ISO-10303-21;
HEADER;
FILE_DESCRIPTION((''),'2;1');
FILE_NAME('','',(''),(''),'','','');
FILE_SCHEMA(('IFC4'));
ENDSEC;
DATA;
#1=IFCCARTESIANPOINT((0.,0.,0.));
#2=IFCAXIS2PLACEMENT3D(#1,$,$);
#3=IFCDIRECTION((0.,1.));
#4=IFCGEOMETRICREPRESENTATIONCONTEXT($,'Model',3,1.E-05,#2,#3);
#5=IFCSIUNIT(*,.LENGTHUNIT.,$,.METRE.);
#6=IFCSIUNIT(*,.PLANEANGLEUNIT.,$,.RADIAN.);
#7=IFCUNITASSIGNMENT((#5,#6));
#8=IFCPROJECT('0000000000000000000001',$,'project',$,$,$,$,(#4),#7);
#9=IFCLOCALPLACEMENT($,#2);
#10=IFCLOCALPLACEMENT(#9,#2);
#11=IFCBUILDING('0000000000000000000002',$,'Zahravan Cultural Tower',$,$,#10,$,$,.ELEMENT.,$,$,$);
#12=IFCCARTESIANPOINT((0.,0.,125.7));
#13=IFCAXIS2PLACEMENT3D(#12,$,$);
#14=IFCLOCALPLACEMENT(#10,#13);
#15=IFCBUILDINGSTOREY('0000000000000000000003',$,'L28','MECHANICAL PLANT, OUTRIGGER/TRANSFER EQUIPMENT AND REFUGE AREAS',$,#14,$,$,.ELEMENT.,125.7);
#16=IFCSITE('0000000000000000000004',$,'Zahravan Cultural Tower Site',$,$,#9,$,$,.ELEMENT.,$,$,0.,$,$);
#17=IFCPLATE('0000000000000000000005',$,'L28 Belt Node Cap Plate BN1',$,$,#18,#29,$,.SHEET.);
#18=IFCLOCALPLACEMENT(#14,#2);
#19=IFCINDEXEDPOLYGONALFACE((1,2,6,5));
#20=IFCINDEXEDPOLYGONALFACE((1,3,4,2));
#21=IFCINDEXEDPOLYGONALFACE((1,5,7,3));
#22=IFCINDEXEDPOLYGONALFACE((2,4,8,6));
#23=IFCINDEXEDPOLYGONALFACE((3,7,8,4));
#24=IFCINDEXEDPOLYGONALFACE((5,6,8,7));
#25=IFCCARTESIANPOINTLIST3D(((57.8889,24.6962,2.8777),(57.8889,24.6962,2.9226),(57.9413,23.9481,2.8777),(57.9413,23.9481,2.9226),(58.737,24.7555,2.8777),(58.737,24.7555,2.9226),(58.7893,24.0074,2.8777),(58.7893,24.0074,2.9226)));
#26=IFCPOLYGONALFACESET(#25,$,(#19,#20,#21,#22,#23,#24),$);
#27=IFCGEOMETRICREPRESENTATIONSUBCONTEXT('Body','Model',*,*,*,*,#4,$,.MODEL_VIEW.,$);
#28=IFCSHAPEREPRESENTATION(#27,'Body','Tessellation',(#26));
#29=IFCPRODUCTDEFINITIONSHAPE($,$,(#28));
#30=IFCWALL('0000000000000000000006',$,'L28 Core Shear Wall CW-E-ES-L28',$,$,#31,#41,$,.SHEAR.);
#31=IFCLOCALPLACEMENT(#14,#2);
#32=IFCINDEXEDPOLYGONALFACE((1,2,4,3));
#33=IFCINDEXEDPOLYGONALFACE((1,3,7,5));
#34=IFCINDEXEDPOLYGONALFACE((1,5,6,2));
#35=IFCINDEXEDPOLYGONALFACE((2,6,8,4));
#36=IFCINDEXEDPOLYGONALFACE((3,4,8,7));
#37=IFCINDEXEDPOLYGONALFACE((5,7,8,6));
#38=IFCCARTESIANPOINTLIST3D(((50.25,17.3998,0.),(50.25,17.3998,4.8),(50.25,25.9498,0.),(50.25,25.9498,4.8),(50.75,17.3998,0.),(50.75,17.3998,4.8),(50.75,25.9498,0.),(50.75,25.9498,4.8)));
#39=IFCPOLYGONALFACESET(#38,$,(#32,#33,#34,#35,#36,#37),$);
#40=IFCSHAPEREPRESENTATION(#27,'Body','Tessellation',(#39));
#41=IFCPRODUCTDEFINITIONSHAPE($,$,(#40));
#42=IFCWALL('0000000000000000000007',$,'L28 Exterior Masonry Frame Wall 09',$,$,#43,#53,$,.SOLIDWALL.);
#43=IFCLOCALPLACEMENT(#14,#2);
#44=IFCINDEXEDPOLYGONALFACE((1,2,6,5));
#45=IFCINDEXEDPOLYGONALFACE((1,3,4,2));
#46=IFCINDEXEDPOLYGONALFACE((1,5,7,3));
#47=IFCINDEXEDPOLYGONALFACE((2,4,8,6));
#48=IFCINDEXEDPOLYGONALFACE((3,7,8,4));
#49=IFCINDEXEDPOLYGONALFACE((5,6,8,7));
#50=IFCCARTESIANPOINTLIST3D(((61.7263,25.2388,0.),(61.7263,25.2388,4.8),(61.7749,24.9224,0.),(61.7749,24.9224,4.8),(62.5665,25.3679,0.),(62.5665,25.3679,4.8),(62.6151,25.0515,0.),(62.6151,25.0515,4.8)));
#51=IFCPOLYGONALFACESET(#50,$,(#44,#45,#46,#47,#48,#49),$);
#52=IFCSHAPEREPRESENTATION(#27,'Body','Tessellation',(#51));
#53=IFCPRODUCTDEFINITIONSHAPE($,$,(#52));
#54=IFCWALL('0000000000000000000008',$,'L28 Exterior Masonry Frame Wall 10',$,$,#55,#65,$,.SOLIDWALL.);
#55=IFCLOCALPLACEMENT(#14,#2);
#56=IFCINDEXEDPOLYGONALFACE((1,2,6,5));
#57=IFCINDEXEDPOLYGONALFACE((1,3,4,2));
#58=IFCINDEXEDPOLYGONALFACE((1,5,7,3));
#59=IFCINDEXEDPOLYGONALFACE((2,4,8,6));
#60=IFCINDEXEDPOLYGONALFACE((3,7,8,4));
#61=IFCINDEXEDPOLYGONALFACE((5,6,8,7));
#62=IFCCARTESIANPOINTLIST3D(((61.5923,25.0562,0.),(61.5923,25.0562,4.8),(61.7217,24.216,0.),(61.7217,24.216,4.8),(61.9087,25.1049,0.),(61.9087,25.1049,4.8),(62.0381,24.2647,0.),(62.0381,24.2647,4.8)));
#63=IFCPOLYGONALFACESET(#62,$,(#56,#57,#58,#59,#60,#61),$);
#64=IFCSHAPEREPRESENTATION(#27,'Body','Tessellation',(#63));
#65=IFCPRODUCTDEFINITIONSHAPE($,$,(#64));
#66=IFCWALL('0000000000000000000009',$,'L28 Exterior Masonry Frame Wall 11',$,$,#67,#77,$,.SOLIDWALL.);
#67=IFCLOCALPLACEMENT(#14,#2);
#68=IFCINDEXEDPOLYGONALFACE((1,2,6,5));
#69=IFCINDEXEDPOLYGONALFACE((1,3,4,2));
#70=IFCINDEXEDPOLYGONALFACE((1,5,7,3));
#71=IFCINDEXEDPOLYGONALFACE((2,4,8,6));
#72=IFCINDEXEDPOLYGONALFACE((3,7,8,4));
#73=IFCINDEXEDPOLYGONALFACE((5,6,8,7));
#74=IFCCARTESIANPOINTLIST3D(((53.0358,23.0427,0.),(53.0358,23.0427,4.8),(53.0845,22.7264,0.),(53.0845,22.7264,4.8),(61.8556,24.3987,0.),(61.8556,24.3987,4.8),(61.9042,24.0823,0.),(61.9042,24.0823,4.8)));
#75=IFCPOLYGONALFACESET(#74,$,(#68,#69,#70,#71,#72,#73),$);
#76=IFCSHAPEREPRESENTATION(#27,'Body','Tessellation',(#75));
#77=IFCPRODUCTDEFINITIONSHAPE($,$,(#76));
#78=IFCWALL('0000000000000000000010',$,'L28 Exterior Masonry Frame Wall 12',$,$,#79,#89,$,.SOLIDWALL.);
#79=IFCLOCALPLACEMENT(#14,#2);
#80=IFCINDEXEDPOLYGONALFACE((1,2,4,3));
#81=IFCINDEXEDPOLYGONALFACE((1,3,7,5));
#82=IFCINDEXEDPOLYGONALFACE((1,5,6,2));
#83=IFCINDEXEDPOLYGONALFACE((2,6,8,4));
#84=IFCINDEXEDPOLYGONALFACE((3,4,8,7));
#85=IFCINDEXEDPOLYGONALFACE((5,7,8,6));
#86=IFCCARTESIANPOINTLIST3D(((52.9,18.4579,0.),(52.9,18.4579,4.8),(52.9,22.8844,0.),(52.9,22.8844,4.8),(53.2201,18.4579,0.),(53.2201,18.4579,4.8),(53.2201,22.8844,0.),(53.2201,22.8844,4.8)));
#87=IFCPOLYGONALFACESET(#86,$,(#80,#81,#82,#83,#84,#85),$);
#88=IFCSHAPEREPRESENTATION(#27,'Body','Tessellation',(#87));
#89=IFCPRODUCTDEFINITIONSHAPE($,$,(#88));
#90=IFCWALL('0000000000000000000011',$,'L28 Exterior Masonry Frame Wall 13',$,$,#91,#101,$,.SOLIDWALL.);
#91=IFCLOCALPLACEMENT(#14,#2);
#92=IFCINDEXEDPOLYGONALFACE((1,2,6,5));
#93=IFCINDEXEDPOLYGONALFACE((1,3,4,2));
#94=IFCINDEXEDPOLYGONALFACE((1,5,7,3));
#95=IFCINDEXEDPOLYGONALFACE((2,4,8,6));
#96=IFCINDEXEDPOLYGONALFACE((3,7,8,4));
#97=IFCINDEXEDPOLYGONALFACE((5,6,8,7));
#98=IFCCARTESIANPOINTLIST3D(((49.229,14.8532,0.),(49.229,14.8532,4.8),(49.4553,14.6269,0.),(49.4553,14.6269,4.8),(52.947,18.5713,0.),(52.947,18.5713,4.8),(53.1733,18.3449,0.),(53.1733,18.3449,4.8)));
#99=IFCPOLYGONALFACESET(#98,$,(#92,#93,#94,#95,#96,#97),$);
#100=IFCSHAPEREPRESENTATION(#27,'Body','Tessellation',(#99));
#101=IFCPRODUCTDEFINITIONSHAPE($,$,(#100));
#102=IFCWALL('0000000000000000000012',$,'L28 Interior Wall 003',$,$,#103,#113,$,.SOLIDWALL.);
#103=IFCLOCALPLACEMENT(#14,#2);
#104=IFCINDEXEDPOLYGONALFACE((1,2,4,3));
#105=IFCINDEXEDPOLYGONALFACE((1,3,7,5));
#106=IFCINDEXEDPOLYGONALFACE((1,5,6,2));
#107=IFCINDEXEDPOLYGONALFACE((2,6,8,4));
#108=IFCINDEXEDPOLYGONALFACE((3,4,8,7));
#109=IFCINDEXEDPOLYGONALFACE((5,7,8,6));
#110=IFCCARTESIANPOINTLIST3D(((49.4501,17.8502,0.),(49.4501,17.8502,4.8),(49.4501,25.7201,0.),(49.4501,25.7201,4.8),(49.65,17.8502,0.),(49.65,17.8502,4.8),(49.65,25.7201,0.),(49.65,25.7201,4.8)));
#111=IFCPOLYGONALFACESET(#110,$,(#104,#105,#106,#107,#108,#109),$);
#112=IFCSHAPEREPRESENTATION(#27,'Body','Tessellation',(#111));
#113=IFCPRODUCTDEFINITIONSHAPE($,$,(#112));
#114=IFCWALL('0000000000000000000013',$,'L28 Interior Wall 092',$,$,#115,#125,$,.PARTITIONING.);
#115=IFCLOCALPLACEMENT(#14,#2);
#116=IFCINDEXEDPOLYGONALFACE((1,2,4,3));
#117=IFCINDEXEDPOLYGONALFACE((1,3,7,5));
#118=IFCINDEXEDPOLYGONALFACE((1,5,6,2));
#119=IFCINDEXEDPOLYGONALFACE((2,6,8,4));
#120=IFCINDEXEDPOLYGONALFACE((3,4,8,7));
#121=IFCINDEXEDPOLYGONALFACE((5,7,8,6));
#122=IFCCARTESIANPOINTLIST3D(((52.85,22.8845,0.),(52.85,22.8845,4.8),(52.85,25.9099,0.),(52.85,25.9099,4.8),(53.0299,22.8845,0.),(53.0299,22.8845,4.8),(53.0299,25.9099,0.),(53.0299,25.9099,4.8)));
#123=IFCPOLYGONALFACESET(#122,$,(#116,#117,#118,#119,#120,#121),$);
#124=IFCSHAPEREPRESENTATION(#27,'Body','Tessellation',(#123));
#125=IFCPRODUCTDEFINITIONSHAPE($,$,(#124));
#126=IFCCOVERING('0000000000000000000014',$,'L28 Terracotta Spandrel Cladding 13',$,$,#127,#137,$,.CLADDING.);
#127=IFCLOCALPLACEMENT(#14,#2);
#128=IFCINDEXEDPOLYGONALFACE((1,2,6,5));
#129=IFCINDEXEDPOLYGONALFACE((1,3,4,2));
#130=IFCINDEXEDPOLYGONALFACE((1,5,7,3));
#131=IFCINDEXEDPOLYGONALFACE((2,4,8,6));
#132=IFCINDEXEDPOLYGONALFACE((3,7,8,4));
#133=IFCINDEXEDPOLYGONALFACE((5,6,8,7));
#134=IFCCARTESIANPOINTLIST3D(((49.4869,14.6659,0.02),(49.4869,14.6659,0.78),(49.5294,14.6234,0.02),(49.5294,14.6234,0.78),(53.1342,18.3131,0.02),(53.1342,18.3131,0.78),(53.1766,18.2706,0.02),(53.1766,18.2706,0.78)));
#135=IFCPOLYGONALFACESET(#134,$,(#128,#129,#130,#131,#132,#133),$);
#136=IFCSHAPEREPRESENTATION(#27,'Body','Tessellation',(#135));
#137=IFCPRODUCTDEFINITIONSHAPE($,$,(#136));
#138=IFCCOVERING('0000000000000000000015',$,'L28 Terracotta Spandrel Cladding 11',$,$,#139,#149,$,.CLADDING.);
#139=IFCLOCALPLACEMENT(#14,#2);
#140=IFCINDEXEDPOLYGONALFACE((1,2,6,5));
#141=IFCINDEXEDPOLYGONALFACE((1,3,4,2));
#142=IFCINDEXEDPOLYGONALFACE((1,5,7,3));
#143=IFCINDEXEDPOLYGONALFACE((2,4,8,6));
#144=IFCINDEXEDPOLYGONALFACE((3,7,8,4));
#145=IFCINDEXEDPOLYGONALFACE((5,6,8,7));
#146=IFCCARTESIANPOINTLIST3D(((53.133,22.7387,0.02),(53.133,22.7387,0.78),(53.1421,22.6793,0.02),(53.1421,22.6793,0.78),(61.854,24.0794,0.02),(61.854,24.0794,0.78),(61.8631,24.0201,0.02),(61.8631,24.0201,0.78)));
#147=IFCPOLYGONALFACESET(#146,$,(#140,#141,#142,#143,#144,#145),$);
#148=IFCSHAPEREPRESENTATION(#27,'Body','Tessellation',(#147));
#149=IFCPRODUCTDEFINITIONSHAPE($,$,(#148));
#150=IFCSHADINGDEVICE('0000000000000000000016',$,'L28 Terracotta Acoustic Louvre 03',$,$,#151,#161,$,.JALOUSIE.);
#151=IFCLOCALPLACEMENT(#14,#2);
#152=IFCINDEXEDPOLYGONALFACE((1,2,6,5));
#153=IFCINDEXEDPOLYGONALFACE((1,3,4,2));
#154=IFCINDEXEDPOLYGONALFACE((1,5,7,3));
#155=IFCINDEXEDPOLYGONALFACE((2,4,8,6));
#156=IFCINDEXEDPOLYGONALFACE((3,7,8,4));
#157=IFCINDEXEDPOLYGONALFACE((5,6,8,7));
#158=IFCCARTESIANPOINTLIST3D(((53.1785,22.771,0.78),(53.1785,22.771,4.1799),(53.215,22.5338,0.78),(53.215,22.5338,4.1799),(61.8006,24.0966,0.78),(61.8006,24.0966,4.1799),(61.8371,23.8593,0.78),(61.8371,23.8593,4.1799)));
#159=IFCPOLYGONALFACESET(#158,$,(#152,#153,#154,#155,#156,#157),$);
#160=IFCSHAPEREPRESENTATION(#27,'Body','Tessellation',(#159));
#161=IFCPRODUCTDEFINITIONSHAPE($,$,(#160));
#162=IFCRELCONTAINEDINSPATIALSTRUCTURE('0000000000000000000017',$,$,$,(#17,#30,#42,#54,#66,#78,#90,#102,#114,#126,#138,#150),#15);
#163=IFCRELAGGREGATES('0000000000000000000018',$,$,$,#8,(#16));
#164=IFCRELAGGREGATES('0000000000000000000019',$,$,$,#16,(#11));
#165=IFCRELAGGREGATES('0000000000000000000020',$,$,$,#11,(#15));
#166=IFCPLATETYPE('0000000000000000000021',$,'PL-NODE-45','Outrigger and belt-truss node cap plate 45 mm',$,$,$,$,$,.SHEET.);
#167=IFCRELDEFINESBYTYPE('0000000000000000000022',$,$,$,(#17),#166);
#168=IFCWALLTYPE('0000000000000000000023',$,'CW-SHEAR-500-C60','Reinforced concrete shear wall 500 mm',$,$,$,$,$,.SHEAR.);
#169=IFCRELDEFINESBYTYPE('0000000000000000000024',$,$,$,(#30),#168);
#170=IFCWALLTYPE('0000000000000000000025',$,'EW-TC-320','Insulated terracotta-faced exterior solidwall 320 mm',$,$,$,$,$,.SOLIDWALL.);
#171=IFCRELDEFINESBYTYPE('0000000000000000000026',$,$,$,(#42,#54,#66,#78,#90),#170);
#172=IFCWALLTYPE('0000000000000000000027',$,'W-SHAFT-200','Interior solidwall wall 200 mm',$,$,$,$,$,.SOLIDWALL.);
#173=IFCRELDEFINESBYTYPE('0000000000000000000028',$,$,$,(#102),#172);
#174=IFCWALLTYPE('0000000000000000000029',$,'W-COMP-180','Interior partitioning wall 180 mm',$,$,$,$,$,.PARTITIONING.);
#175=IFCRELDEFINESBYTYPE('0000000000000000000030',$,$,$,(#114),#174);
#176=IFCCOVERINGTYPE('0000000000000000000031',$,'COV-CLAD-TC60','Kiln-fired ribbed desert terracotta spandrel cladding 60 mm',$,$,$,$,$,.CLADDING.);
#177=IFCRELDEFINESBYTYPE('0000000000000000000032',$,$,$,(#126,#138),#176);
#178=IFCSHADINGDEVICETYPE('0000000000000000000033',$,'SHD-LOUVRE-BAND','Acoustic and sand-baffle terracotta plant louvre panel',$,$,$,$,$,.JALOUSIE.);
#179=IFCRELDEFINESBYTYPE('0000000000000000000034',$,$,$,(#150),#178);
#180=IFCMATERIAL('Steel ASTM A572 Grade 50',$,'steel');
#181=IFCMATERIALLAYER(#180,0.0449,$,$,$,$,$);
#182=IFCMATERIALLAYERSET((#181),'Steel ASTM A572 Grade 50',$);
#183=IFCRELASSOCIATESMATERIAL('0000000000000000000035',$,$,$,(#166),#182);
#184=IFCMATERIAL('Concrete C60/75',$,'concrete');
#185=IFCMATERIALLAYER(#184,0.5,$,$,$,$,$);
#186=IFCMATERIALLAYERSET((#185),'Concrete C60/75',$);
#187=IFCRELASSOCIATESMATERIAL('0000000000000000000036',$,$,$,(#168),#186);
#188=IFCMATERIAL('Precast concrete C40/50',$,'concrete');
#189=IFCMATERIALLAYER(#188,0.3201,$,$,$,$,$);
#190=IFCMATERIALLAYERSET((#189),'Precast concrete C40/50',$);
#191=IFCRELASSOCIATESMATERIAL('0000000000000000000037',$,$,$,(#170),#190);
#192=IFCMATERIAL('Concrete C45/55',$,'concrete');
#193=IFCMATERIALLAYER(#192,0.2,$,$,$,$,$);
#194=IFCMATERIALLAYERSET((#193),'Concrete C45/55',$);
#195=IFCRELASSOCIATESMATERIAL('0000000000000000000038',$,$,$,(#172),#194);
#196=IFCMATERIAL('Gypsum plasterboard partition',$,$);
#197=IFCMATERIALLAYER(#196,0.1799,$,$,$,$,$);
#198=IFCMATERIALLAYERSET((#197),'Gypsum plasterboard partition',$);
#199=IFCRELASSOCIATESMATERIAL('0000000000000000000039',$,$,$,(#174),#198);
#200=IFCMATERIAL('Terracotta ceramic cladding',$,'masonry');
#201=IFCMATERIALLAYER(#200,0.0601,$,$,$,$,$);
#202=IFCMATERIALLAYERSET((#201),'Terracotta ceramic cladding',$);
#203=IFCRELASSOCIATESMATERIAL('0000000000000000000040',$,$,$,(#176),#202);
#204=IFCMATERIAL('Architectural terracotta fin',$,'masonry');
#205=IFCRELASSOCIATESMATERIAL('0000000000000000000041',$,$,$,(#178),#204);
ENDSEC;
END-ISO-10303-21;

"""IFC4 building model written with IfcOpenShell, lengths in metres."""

from ifc_helpers import new_model, si_unit, direction, frame, frame_2d, origin, origin_2d, place, context, subcontext, project, spatial, rectangle, extrude, source, transform, mapped, material, layer, layer_set, type_object, element, save


model = new_model("IFC4")

# Units and contexts
model_context = context("Model", 3, precision=1e-05, world=origin(), true_north=direction((0.0, 1.0)))
body_context = subcontext(model_context, "Body", "Model", "MODEL_VIEW")
ifc_project = project(units=[si_unit("LENGTHUNIT", "METRE"), si_unit("PLANEANGLEUNIT", "RADIAN")], contexts=[model_context])

# Site, building, storey
site_placement = place(None, origin())
site = spatial("IfcSite", under=ifc_project, at=site_placement, Name="Zahravan Cultural Tower Site", CompositionType="ELEMENT", RefElevation=0.0)
building_placement = place(site_placement, origin())
building = spatial("IfcBuilding", under=site, at=building_placement, Name="Zahravan Cultural Tower", CompositionType="ELEMENT")
storey_placement = place(building_placement, frame((0.0, 0.0, 125.7)))
storey = spatial("IfcBuildingStorey", under=building, at=storey_placement, Name="L28", Description="MECHANICAL PLANT, OUTRIGGER/TRANSFER EQUIPMENT AND REFUGE AREAS", CompositionType="ELEMENT", Elevation=125.7)

# Shared definitions
ifc_material_1 = material(Name="Concrete C60/75", Category="concrete")

# Shared definitions
ifc_material_2 = material(Name="Steel ASTM A572 Grade 50", Category="steel")

# Plate
ifc_layer_1 = layer(ifc_material_2, 0.0449)
ifc_layer_set_1 = layer_set([ifc_layer_1], Name="Steel ASTM A572 Grade 50")
plate_type = type_object("IfcPlateType", Name="PL-NODE-45", Description="Outrigger and belt-truss node cap plate 45 mm", PredefinedType="SHEET", material=ifc_layer_set_1)
shared_shape_1 = source(origin(), body_context, "Body", "SweptSolid", [
    extrude(rectangle(XDim=0.8501, YDim=0.75, at=origin_2d()), origin(), (0.0, 0.0, 1.0), 0.0449),
])
plate_placement = place(storey_placement, frame((58.3391, 24.3518, 2.8777), z_axis=(0.0, 0.0, 1.0), x_axis=(0.997564, 0.069756, 0.0)))
element("IfcPlate", 1, at=plate_placement, inside=storey, type_object=plate_type, Name="L28 Belt Node Cap Plate BN1", PredefinedType="SHEET", context=body_context, shape_type="MappedRepresentation", body=[
    mapped(shared_shape_1, transform((0.0, 0.0, 0.0), x_axis=(1.0, 0.0, 0.0), y_axis=(0.0, 1.0, 0.0), z_axis=(0.0, 0.0, 1.0), scale=1.0)),
])

# Walls
ifc_layer_2 = layer(ifc_material_1, 0.5)
ifc_layer_set_2 = layer_set([ifc_layer_2], Name="Concrete C60/75")
wall_type_1 = type_object("IfcWallType", Name="CW-SHEAR-500-C60", Description="Reinforced concrete shear wall 500 mm", PredefinedType="SHEAR", material=ifc_layer_set_2)
shared_shape_2 = source(origin(), body_context, "Body", "SweptSolid", [
    extrude(rectangle(XDim=8.55, YDim=0.5, at=frame_2d((4.2749, 0.0))), origin(), (0.0, 0.0, 1.0), 4.8),
])
wall_1_placement = place(storey_placement, frame((50.5, 17.3999, 0.0), z_axis=(0.0, 0.0, 1.0), x_axis=(0.0, 1.0, 0.0)))
element("IfcWall", 2, at=wall_1_placement, inside=storey, type_object=wall_type_1, Name="L28 Core Shear Wall CW-E-ES-L28", PredefinedType="SHEAR", context=body_context, shape_type="MappedRepresentation", body=[
    mapped(shared_shape_2, transform((0.0, 0.0, 0.0), x_axis=(1.0, 0.0, 0.0), y_axis=(0.0, 1.0, 0.0), z_axis=(0.0, 0.0, 1.0), scale=1.0)),
])
ifc_material_3 = material(Name="Precast concrete C40/50", Category="concrete")
ifc_layer_3 = layer(ifc_material_3, 0.3201)
ifc_layer_set_3 = layer_set([ifc_layer_3], Name="Precast concrete C40/50")
wall_type_2 = type_object("IfcWallType", Name="EW-TC-320", Description="Insulated terracotta-faced exterior solidwall 320 mm", PredefinedType="SOLIDWALL", material=ifc_layer_set_3)
shared_shape_3 = source(origin(), body_context, "Body", "SweptSolid", [
    extrude(rectangle(XDim=0.8501, YDim=0.3201, at=frame_2d((0.425, 0.0))), origin(), (0.0, 0.0, 1.0), 4.8),
])
for number, where, z_axis, x_axis, name in (
    (3, (62.5908, 25.2097, 0.0), (0.0, 0.0, 1.0), (-0.988395, -0.151906, 0.0), "L28 Exterior Masonry Frame Wall 09"),
    (4, (61.7505, 25.0806, 0.0), (0.0, 0.0, 1.0), (0.15223, -0.988345, 0.0), "L28 Exterior Masonry Frame Wall 10"),
):
    element("IfcWall", number, at=place(storey_placement, frame(where, z_axis=z_axis, x_axis=x_axis)), inside=storey, type_object=wall_type_2, Name=name, PredefinedType="SOLIDWALL", context=body_context, shape_type="MappedRepresentation", body=[
        mapped(shared_shape_3, transform((0.0, 0.0, 0.0), x_axis=(1.0, 0.0, 0.0), y_axis=(0.0, 1.0, 0.0), z_axis=(0.0, 0.0, 1.0), scale=1.0)),
    ])
shared_shape_4 = source(origin(), body_context, "Body", "SweptSolid", [
    extrude(rectangle(XDim=8.9233, YDim=0.3201, at=frame_2d((4.4617, 0.0))), origin(), (0.0, 0.0, 1.0), 4.8),
])
wall_2_placement = place(storey_placement, frame((61.8799, 24.2405, 0.0), z_axis=(0.0, 0.0, 1.0), x_axis=(-0.988388, -0.151954, 0.0)))
element("IfcWall", 5, at=wall_2_placement, inside=storey, type_object=wall_type_2, Name="L28 Exterior Masonry Frame Wall 11", PredefinedType="SOLIDWALL", context=body_context, shape_type="MappedRepresentation", body=[
    mapped(shared_shape_4, transform((0.0, 0.0, 0.0), x_axis=(1.0, 0.0, 0.0), y_axis=(0.0, 1.0, 0.0), z_axis=(0.0, 0.0, 1.0), scale=1.0)),
])
shared_shape_5 = source(origin(), body_context, "Body", "SweptSolid", [
    extrude(rectangle(XDim=4.4265, YDim=0.3201, at=frame_2d((2.2134, 0.0))), origin(), (0.0, 0.0, 1.0), 4.8),
])
wall_3_placement = place(storey_placement, frame((53.0601, 22.8845, 0.0), z_axis=(0.0, 0.0, 1.0), x_axis=(0.0, -1.0, 0.0)))
element("IfcWall", 6, at=wall_3_placement, inside=storey, type_object=wall_type_2, Name="L28 Exterior Masonry Frame Wall 12", PredefinedType="SOLIDWALL", context=body_context, shape_type="MappedRepresentation", body=[
    mapped(shared_shape_5, transform((0.0, 0.0, 0.0), x_axis=(1.0, 0.0, 0.0), y_axis=(0.0, 1.0, 0.0), z_axis=(0.0, 0.0, 1.0), scale=1.0)),
])
shared_shape_6 = source(origin(), body_context, "Body", "SweptSolid", [
    extrude(rectangle(XDim=5.2581, YDim=0.3201, at=frame_2d((2.6289, 0.0))), origin(), (0.0, 0.0, 1.0), 4.8),
])
wall_4_placement = place(storey_placement, frame((53.0601, 18.458, 0.0), z_axis=(0.0, 0.0, 1.0), x_axis=(-0.707107, -0.707107, 0.0)))
element("IfcWall", 7, at=wall_4_placement, inside=storey, type_object=wall_type_2, Name="L28 Exterior Masonry Frame Wall 13", PredefinedType="SOLIDWALL", context=body_context, shape_type="MappedRepresentation", body=[
    mapped(shared_shape_6, transform((0.0, 0.0, 0.0), x_axis=(1.0, 0.0, 0.0), y_axis=(0.0, 1.0, 0.0), z_axis=(0.0, 0.0, 1.0), scale=1.0)),
])
ifc_material_4 = material(Name="Concrete C45/55", Category="concrete")
ifc_layer_4 = layer(ifc_material_4, 0.2)
ifc_layer_set_4 = layer_set([ifc_layer_4], Name="Concrete C45/55")
wall_type_3 = type_object("IfcWallType", Name="W-SHAFT-200", Description="Interior solidwall wall 200 mm", PredefinedType="SOLIDWALL", material=ifc_layer_set_4)
shared_shape_7 = source(origin(), body_context, "Body", "SweptSolid", [
    extrude(rectangle(XDim=7.8699, YDim=0.2, at=frame_2d((3.9351, 0.0))), origin(), (0.0, 0.0, 1.0), 4.8),
])
wall_5_placement = place(storey_placement, frame((49.55, 17.8501, 0.0), z_axis=(0.0, 0.0, 1.0), x_axis=(0.0, 1.0, 0.0)))
element("IfcWall", 8, at=wall_5_placement, inside=storey, type_object=wall_type_3, Name="L28 Interior Wall 003", PredefinedType="SOLIDWALL", context=body_context, shape_type="MappedRepresentation", body=[
    mapped(shared_shape_7, transform((0.0, 0.0, 0.0), x_axis=(1.0, 0.0, 0.0), y_axis=(0.0, 1.0, 0.0), z_axis=(0.0, 0.0, 1.0), scale=1.0)),
])
ifc_material_5 = material(Name="Gypsum plasterboard partition")
ifc_layer_5 = layer(ifc_material_5, 0.1799)
ifc_layer_set_5 = layer_set([ifc_layer_5], Name="Gypsum plasterboard partition")
wall_type_4 = type_object("IfcWallType", Name="W-COMP-180", Description="Interior partitioning wall 180 mm", PredefinedType="PARTITIONING", material=ifc_layer_set_5)
shared_shape_8 = source(origin(), body_context, "Body", "SweptSolid", [
    extrude(rectangle(XDim=3.0254, YDim=0.1799, at=frame_2d((1.5127, 0.0))), origin(), (0.0, 0.0, 1.0), 4.8),
])
wall_6_placement = place(storey_placement, frame((52.9399, 22.8845, 0.0), z_axis=(0.0, 0.0, 1.0), x_axis=(0.0, 1.0, 0.0)))
element("IfcWall", 9, at=wall_6_placement, inside=storey, type_object=wall_type_4, Name="L28 Interior Wall 092", PredefinedType="PARTITIONING", context=body_context, shape_type="MappedRepresentation", body=[
    mapped(shared_shape_8, transform((0.0, 0.0, 0.0), x_axis=(1.0, 0.0, 0.0), y_axis=(0.0, 1.0, 0.0), z_axis=(0.0, 0.0, 1.0), scale=1.0)),
])

# Coverings
ifc_material_6 = material(Name="Terracotta ceramic cladding", Category="masonry")
ifc_layer_6 = layer(ifc_material_6, 0.0601)
ifc_layer_set_6 = layer_set([ifc_layer_6], Name="Terracotta ceramic cladding")
covering_type = type_object("IfcCoveringType", Name="COV-CLAD-TC60", Description="Kiln-fired ribbed desert terracotta spandrel cladding 60 mm", PredefinedType="CLADDING", material=ifc_layer_set_6)
shared_shape_9 = source(origin(), body_context, "Body", "SweptSolid", [
    extrude(rectangle(XDim=5.158, YDim=0.0601, at=origin_2d()), origin(), (0.0, 0.0, 1.0), 0.76),
])
covering_1_placement = place(storey_placement, frame((51.3318, 16.4683, 0.02), z_axis=(0.0, 0.0, 1.0), x_axis=(-0.707107, -0.707107, 0.0)))
element("IfcCovering", 10, at=covering_1_placement, inside=storey, type_object=covering_type, Name="L28 Terracotta Spandrel Cladding 13", PredefinedType="CLADDING", context=body_context, shape_type="MappedRepresentation", body=[
    mapped(shared_shape_9, transform((0.0, 0.0, 0.0), x_axis=(1.0, 0.0, 0.0), y_axis=(0.0, 1.0, 0.0), z_axis=(0.0, 0.0, 1.0), scale=1.0)),
])
shared_shape_10 = source(origin(), body_context, "Body", "SweptSolid", [
    extrude(rectangle(XDim=8.8235, YDim=0.0601, at=origin_2d()), origin(), (0.0, 0.0, 1.0), 0.76),
])
covering_2_placement = place(storey_placement, frame((57.498, 23.3794, 0.02), z_axis=(0.0, 0.0, 1.0), x_axis=(-0.988388, -0.151951, 0.0)))
element("IfcCovering", 11, at=covering_2_placement, inside=storey, type_object=covering_type, Name="L28 Terracotta Spandrel Cladding 11", PredefinedType="CLADDING", context=body_context, shape_type="MappedRepresentation", body=[
    mapped(shared_shape_10, transform((0.0, 0.0, 0.0), x_axis=(1.0, 0.0, 0.0), y_axis=(0.0, 1.0, 0.0), z_axis=(0.0, 0.0, 1.0), scale=1.0)),
])

# Shading device
ifc_material_7 = material(Name="Architectural terracotta fin", Category="masonry")
shading_device_type = type_object("IfcShadingDeviceType", Name="SHD-LOUVRE-BAND", Description="Acoustic and sand-baffle terracotta plant louvre panel", PredefinedType="JALOUSIE", material=ifc_material_7)
shared_shape_11 = source(origin(), body_context, "Body", "SweptSolid", [
    extrude(rectangle(XDim=8.7234, YDim=0.24, at=origin_2d()), origin(), (0.0, 0.0, 1.0), 3.3999),
])
shading_device_1_placement = place(storey_placement, frame((57.5078, 23.3152, 0.78), z_axis=(0.0, 0.0, 1.0), x_axis=(-0.988388, -0.151951, 0.0)))
element("IfcShadingDevice", 12, at=shading_device_1_placement, inside=storey, type_object=shading_device_type, Name="L28 Terracotta Acoustic Louvre 03", PredefinedType="JALOUSIE", context=body_context, shape_type="MappedRepresentation", body=[
    mapped(shared_shape_11, transform((0.0, 0.0, 0.0), x_axis=(1.0, 0.0, 0.0), y_axis=(0.0, 1.0, 0.0), z_axis=(0.0, 0.0, 1.0), scale=1.0)),
])

save(model, "model.ifc")
